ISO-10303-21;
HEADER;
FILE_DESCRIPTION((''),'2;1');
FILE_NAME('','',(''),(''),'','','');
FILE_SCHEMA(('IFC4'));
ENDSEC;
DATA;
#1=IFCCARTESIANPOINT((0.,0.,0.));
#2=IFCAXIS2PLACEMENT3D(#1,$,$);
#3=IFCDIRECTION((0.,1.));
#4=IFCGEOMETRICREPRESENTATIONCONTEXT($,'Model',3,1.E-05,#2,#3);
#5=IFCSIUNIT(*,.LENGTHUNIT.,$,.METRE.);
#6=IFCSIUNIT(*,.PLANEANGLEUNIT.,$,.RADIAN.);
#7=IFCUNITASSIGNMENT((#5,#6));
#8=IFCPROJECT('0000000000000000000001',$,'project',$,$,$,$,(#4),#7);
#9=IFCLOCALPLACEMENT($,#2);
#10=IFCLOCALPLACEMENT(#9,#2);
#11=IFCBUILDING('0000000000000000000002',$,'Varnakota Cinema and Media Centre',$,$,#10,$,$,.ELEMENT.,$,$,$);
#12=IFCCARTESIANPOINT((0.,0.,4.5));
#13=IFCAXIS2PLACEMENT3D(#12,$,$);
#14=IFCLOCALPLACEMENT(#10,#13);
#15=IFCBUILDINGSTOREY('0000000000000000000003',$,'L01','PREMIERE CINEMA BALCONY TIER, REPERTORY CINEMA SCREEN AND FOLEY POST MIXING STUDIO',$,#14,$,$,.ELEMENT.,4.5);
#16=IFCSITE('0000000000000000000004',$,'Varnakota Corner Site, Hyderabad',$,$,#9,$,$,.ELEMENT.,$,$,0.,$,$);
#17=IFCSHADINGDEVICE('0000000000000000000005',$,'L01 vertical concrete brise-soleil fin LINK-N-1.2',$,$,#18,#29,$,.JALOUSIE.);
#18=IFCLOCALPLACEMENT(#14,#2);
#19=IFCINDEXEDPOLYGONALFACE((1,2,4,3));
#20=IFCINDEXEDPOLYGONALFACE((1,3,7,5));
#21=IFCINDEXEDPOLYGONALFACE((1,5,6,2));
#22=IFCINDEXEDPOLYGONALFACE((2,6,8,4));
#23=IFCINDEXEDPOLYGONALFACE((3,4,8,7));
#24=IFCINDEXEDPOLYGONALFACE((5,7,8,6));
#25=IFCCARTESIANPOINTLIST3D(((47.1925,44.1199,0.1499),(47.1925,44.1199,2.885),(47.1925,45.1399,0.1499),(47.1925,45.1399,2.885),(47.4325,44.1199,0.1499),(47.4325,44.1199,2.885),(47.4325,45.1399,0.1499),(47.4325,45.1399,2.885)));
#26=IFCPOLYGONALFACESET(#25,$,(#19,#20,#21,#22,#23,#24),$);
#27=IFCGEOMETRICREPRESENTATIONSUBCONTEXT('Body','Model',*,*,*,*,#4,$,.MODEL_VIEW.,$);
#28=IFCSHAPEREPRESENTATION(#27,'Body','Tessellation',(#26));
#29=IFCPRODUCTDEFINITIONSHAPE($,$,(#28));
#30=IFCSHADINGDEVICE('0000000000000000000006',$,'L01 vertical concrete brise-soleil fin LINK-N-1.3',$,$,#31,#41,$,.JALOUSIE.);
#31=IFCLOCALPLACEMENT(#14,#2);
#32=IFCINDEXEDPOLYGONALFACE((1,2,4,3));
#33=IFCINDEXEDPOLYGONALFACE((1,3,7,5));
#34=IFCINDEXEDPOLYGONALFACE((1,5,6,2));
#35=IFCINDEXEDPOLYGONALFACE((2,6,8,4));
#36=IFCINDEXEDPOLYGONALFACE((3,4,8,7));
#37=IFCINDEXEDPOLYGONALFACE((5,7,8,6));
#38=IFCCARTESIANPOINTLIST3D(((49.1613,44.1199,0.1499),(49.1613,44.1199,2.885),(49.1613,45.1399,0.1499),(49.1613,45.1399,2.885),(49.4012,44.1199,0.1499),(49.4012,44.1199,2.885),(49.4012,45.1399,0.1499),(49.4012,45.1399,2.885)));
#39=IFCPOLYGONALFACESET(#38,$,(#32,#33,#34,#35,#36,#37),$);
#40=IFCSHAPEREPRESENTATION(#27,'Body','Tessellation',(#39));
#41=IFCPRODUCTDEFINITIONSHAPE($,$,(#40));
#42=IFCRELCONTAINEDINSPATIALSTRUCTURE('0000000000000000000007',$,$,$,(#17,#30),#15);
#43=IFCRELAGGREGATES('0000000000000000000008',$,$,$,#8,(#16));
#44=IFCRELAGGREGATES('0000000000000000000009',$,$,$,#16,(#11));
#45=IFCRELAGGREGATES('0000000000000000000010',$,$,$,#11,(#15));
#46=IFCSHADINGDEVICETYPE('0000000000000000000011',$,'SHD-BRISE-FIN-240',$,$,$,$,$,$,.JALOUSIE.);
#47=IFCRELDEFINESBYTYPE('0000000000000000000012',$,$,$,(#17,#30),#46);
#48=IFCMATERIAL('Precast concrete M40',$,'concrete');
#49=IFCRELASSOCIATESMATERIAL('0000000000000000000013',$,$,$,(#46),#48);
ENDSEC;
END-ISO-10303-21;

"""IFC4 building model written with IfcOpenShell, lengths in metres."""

from ifc_helpers import new_model, si_unit, direction, frame, origin, origin_2d, place, context, subcontext, project, spatial, rectangle, extrude, material, type_object, element, save


model = new_model("IFC4")

# Units and contexts
model_context = context("Model", 3, precision=1e-05, world=origin(), true_north=direction((0.0, 1.0)))
body_context = subcontext(model_context, "Body", "Model", "MODEL_VIEW")
ifc_project = project(units=[si_unit("LENGTHUNIT", "METRE"), si_unit("PLANEANGLEUNIT", "RADIAN")], contexts=[model_context])

# Site, building, storey
site_placement = place(None, origin())
site = spatial("IfcSite", under=ifc_project, at=site_placement, Name="Varnakota Corner Site, Hyderabad", CompositionType="ELEMENT", RefElevation=0.0)
building_placement = place(site_placement, origin())
building = spatial("IfcBuilding", under=site, at=building_placement, Name="Varnakota Cinema and Media Centre", CompositionType="ELEMENT")
storey_placement = place(building_placement, frame((0.0, 0.0, 4.5)))
storey = spatial("IfcBuildingStorey", under=building, at=storey_placement, Name="L01", Description="PREMIERE CINEMA BALCONY TIER, REPERTORY CINEMA SCREEN AND FOLEY POST MIXING STUDIO", CompositionType="ELEMENT", Elevation=4.5)

# Shading devices
ifc_material_1 = material(Name="Precast concrete M40", Category="concrete")
shading_device_type = type_object("IfcShadingDeviceType", Name="SHD-BRISE-FIN-240", PredefinedType="JALOUSIE", material=ifc_material_1)
for number, where, z_axis, x_axis, name in (
    (1, (47.3125, 44.6299, 0.1499), (0.0, 0.0, 1.0), (1.0, 0.0, 0.0), "L01 vertical concrete brise-soleil fin LINK-N-1.2"),
    (2, (49.2812, 44.6299, 0.1499), (0.0, 0.0, 1.0), (1.0, 0.0, 0.0), "L01 vertical concrete brise-soleil fin LINK-N-1.3"),
):
    element("IfcShadingDevice", number, at=place(storey_placement, frame(where, z_axis=z_axis, x_axis=x_axis)), inside=storey, type_object=shading_device_type, Name=name, PredefinedType="JALOUSIE", context=body_context, shape_type="SweptSolid", body=[
        extrude(rectangle(XDim=0.24, YDim=1.02, at=origin_2d()), origin(), (0.0, 0.0, 1.0), 2.7351),
    ])

save(model, "model.ifc")
